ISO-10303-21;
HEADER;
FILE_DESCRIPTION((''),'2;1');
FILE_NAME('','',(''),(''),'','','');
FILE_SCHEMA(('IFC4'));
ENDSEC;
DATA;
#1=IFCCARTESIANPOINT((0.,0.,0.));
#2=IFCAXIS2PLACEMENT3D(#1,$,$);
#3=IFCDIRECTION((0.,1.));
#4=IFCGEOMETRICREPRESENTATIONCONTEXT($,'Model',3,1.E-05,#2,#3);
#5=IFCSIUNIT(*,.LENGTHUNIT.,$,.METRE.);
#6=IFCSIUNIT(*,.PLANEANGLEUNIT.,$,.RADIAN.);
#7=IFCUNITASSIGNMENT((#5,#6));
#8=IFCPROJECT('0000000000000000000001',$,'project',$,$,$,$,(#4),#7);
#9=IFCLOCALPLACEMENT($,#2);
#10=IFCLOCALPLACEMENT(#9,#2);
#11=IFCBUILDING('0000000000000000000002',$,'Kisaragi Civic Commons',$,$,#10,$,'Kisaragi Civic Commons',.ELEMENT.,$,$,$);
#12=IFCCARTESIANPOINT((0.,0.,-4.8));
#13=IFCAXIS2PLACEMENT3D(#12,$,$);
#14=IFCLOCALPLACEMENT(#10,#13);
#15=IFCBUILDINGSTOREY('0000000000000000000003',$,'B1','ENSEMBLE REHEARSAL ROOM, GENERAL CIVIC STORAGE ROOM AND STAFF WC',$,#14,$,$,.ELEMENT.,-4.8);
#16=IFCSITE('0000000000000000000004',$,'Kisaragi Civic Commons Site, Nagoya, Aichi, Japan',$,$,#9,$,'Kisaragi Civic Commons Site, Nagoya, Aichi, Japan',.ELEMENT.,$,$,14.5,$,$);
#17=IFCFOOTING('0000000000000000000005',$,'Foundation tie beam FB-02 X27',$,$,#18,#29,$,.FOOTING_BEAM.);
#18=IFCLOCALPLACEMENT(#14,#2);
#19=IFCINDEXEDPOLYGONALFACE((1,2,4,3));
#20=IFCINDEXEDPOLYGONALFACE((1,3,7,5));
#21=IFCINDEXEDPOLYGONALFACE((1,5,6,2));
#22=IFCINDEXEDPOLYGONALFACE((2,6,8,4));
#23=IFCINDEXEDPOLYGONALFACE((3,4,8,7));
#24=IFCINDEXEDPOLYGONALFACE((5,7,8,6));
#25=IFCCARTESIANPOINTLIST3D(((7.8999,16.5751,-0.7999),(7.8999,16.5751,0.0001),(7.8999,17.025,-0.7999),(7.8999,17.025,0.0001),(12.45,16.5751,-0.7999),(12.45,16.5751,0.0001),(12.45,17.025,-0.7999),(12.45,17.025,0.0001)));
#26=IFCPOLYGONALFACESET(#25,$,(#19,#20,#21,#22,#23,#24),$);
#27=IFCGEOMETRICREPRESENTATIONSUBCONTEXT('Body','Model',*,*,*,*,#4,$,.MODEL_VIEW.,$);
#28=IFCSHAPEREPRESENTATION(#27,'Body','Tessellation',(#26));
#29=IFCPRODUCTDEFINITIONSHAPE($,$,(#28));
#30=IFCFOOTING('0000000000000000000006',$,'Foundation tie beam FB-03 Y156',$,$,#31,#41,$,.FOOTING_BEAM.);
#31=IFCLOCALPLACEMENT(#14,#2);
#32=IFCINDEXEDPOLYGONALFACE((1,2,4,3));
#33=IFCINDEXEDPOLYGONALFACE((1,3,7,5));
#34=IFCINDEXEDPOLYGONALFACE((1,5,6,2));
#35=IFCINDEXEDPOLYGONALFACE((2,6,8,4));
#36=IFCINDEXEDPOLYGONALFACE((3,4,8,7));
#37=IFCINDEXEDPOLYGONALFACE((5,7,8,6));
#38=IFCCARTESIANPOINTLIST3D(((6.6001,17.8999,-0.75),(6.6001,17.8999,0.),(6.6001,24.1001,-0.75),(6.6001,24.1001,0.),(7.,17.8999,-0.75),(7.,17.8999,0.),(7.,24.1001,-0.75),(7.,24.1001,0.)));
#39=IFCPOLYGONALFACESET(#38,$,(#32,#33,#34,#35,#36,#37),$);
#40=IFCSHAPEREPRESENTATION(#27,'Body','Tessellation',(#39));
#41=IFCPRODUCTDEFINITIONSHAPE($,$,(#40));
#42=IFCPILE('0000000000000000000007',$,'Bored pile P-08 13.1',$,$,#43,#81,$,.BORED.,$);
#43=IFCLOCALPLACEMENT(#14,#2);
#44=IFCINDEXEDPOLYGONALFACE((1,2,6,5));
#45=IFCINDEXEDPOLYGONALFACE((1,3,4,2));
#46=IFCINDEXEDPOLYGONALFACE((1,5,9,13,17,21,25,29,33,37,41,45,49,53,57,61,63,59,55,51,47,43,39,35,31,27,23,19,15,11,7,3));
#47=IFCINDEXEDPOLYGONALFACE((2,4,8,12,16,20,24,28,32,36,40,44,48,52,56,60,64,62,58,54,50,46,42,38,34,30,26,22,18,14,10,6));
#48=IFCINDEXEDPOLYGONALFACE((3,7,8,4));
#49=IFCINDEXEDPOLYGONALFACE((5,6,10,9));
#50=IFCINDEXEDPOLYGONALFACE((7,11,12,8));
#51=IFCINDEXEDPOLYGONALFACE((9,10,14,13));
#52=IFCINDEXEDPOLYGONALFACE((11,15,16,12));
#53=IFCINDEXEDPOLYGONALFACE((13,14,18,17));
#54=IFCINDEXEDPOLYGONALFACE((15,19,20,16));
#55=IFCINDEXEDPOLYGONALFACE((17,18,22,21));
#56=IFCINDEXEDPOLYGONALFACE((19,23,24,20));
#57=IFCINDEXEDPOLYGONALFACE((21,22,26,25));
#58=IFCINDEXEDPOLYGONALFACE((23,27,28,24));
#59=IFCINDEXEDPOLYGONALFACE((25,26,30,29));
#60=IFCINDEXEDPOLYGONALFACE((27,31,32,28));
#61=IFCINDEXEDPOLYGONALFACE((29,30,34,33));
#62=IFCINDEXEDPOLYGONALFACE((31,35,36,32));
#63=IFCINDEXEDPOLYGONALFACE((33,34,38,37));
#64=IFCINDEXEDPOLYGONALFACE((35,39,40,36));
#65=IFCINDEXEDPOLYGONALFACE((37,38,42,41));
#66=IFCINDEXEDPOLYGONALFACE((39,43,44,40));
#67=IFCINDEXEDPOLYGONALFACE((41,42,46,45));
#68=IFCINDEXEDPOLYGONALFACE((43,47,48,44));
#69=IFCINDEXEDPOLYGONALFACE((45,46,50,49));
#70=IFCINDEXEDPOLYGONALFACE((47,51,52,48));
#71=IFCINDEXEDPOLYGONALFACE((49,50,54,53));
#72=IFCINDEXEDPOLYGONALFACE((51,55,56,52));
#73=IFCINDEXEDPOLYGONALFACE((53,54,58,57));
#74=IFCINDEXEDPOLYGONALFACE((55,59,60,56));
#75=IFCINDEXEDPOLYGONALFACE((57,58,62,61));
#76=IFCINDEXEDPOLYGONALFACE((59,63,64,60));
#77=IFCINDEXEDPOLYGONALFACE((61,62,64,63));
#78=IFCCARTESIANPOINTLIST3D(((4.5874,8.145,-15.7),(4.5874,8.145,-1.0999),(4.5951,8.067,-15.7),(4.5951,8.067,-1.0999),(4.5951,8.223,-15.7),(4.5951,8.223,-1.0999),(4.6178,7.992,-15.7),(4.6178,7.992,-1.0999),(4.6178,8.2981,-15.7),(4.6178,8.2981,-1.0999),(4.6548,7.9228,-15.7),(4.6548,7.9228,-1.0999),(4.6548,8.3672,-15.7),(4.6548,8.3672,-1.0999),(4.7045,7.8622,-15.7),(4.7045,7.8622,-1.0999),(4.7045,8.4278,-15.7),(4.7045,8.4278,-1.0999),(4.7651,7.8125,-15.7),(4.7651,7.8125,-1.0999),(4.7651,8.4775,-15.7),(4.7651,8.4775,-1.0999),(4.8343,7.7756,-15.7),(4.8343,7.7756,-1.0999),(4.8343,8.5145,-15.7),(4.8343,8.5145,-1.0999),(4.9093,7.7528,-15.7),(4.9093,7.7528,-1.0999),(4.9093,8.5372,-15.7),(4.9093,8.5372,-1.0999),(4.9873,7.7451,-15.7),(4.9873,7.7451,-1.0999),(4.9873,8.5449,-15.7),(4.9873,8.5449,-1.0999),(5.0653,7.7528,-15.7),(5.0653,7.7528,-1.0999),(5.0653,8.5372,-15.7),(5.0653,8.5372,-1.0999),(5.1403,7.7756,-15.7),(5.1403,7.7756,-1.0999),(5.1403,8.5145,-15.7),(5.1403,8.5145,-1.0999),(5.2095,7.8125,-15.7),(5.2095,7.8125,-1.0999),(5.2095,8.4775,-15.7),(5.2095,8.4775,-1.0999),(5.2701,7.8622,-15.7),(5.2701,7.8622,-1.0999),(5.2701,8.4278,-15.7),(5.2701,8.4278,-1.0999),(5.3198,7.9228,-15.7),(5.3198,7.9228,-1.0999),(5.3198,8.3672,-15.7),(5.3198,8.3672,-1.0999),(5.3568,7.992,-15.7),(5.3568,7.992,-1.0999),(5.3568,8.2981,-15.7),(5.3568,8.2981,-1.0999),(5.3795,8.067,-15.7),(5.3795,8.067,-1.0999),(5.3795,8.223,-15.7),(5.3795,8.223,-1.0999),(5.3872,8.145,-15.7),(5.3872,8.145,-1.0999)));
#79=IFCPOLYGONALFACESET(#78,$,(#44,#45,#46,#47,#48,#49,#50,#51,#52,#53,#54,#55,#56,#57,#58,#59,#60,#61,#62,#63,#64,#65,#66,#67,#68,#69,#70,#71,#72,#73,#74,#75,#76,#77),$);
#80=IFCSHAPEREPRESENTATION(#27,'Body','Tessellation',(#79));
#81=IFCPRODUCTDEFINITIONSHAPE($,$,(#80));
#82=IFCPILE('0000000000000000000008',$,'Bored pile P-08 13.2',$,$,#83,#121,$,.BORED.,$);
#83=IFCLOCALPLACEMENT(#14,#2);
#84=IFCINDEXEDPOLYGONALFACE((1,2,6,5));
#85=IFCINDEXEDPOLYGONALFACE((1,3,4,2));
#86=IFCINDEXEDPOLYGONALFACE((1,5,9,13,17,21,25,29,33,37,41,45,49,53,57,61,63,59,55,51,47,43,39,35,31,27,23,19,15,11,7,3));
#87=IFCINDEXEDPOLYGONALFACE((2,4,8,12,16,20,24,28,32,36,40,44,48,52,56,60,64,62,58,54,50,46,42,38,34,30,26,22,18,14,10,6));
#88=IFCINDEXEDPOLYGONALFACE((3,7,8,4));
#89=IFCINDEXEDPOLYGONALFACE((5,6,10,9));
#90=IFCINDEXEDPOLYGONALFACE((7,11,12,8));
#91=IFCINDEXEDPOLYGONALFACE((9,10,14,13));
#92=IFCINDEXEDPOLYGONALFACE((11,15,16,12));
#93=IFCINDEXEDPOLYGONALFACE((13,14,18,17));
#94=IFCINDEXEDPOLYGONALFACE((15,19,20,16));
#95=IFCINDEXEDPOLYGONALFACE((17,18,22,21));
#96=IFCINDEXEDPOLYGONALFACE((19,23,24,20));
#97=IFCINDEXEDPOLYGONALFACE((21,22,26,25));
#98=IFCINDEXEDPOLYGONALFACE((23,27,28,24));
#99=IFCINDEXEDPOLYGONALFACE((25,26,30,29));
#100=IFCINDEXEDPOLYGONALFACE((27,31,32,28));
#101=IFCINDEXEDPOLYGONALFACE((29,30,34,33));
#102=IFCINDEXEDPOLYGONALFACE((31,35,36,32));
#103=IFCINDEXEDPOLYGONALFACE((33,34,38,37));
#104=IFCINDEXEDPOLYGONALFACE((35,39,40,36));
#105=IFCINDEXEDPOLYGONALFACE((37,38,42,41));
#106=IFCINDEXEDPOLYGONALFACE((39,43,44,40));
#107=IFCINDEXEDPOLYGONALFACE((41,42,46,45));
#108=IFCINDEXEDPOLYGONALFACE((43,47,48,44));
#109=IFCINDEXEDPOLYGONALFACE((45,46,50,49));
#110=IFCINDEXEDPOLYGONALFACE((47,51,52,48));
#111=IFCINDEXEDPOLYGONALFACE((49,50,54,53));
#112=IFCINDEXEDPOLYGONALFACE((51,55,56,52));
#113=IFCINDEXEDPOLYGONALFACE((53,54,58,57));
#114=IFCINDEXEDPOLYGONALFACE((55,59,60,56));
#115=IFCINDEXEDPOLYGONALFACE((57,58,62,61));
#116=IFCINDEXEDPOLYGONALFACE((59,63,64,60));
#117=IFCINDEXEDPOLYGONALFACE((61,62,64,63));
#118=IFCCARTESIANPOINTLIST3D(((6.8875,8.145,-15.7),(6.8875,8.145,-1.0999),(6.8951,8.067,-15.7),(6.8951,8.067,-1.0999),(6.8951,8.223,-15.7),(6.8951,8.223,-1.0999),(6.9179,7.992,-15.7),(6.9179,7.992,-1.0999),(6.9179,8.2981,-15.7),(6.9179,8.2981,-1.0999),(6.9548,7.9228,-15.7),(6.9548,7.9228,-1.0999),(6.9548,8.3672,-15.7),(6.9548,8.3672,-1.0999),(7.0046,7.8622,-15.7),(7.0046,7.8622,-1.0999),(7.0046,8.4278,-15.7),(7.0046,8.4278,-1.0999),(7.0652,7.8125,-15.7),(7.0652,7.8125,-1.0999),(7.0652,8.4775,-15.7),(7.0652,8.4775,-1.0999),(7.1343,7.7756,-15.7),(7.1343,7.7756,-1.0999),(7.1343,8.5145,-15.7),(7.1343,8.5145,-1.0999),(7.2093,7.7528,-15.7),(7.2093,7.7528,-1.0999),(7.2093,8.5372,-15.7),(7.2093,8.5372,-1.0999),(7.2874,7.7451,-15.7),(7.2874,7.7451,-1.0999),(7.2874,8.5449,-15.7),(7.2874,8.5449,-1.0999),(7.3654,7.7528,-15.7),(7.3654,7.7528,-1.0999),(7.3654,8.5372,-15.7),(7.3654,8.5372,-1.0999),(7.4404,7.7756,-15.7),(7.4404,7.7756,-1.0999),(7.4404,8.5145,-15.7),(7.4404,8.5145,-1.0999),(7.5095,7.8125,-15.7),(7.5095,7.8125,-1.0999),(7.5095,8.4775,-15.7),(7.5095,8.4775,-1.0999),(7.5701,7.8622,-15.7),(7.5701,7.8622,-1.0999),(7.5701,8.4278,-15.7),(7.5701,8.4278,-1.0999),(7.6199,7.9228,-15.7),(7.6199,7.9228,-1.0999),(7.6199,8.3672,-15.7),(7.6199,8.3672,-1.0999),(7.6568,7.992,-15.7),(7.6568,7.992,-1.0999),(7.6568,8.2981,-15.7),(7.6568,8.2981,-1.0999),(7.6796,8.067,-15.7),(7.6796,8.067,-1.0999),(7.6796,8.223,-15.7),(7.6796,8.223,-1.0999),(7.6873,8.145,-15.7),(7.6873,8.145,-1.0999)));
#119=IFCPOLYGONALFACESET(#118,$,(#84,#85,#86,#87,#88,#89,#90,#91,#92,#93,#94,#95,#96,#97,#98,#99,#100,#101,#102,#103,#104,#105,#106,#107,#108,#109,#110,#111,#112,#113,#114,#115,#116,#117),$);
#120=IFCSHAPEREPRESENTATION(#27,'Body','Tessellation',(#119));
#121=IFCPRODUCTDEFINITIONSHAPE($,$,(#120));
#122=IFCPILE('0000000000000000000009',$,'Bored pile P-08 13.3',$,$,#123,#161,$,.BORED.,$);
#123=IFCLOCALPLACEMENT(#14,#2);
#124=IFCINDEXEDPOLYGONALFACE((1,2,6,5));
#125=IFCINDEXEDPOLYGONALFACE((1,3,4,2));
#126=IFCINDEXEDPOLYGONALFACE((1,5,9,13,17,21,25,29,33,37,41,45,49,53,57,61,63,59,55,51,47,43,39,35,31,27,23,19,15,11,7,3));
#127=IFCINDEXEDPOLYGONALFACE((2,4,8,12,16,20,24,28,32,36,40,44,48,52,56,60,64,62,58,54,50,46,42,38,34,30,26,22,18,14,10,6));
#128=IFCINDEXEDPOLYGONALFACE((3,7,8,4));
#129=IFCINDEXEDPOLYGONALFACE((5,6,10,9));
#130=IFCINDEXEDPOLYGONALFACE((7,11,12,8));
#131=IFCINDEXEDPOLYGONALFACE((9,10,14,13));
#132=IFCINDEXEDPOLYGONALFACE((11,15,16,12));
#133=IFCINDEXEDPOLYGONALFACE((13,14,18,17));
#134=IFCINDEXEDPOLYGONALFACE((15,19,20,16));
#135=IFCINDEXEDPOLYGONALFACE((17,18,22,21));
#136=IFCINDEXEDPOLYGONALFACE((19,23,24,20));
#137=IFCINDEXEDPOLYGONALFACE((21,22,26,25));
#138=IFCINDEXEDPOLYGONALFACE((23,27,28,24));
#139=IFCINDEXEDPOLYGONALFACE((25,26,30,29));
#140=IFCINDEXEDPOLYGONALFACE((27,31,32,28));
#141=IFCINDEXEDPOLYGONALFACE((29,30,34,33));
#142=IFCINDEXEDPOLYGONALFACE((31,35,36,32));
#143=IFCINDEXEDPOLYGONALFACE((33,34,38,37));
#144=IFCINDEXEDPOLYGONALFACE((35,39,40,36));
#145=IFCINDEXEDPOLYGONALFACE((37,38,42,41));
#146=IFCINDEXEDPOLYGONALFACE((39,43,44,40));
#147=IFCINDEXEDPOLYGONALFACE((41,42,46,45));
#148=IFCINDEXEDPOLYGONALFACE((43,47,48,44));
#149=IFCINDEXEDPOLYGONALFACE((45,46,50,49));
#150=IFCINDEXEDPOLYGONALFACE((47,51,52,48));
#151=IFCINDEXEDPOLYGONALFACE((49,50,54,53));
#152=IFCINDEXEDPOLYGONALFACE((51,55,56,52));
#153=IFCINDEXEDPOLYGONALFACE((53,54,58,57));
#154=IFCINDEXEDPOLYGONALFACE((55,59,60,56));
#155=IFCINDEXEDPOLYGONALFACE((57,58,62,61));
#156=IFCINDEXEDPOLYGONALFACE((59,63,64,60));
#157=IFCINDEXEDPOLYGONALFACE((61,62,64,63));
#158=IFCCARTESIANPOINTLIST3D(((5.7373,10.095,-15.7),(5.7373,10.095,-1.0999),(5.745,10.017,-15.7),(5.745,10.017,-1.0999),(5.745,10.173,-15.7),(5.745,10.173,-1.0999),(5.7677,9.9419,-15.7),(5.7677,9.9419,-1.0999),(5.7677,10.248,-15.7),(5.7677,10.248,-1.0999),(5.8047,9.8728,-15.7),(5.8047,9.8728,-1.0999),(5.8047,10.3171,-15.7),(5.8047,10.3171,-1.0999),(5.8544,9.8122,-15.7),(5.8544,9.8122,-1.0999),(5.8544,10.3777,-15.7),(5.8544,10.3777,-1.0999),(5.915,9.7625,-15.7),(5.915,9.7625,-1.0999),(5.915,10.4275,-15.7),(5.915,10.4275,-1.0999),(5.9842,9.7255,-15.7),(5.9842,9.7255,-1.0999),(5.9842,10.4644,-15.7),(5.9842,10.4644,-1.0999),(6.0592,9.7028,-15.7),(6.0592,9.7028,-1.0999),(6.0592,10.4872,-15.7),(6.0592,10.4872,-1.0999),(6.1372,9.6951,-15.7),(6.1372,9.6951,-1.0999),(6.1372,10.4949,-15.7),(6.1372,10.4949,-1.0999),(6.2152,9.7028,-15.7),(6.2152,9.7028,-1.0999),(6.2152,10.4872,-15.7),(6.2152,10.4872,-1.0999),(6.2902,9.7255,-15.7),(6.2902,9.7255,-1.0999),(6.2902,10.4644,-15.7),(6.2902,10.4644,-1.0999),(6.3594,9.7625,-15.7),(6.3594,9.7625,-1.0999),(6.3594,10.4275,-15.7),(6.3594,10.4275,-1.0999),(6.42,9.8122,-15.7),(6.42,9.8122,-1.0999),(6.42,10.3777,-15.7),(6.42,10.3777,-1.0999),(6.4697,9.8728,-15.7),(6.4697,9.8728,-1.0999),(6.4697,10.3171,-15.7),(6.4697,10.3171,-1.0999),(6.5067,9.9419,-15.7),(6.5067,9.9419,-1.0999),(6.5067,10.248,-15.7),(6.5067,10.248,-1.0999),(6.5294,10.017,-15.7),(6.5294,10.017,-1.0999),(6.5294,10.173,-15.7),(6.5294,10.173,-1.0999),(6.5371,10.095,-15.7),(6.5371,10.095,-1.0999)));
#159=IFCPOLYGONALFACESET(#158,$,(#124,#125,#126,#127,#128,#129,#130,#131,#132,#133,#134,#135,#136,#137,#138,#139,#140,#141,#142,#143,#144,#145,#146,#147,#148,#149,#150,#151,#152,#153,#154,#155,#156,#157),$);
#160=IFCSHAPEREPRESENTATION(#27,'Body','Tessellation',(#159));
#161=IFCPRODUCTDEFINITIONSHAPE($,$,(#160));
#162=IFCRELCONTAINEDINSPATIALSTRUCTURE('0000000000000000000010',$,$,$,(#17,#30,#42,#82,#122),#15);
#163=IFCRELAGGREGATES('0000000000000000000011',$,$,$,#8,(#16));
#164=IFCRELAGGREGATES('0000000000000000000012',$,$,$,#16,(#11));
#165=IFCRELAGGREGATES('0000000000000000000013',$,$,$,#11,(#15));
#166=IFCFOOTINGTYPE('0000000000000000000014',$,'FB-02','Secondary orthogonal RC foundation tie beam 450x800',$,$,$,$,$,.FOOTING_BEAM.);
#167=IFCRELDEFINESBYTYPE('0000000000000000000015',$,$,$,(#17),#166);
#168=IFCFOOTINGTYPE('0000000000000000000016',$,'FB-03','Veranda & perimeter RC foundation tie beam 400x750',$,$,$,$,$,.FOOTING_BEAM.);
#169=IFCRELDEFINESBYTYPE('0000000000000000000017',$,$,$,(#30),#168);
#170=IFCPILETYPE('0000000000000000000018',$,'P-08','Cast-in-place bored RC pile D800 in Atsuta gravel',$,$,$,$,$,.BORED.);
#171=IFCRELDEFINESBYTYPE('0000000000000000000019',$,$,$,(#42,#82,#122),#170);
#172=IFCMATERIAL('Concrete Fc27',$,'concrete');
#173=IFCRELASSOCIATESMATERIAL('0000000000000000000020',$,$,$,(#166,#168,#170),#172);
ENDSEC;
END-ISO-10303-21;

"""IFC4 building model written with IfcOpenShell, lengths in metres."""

from ifc_helpers import new_model, si_unit, direction, frame, origin, origin_2d, place, context, subcontext, project, spatial, rectangle, circle, extrude, material, material_profile, profile_set, type_object, element, save


model = new_model("IFC4")

# Units and contexts
model_context = context("Model", 3, precision=1e-05, world=origin(), true_north=direction((0.0, 1.0)))
body_context = subcontext(model_context, "Body", "Model", "MODEL_VIEW")
ifc_project = project(units=[si_unit("LENGTHUNIT", "METRE"), si_unit("PLANEANGLEUNIT", "RADIAN")], contexts=[model_context])

# Site, building, storey
site_placement = place(None, origin())
site = spatial("IfcSite", under=ifc_project, at=site_placement, Name="Kisaragi Civic Commons Site, Nagoya, Aichi, Japan", LongName="Kisaragi Civic Commons Site, Nagoya, Aichi, Japan", CompositionType="ELEMENT", RefElevation=14.5)
building_placement = place(site_placement, origin())
building = spatial("IfcBuilding", under=site, at=building_placement, Name="Kisaragi Civic Commons", LongName="Kisaragi Civic Commons", CompositionType="ELEMENT")
storey_placement = place(building_placement, frame((0.0, 0.0, -4.8)))
storey = spatial("IfcBuildingStorey", under=building, at=storey_placement, Name="B1", Description="ENSEMBLE REHEARSAL ROOM, GENERAL CIVIC STORAGE ROOM AND STAFF WC", CompositionType="ELEMENT", Elevation=-4.8)

# Footings
ifc_material_1 = material(Name="Concrete Fc27", Category="concrete")
ifc_material_profile_1 = material_profile(ifc_material_1, rectangle(XDim=0.45, YDim=0.8, at=origin_2d()), Name="RC-450x800", Category="concrete")
ifc_profile_set_1 = profile_set([ifc_material_profile_1], Name="Concrete Fc27")
footing_type_1 = type_object("IfcFootingType", Name="FB-02", Description="Secondary orthogonal RC foundation tie beam 450x800", PredefinedType="FOOTING_BEAM", material=ifc_profile_set_1)
footing_1_placement = place(storey_placement, frame((7.8999, 16.8, -0.3999), z_axis=(1.0, 0.0, 0.0), x_axis=(0.0, 1.0, 0.0)))
element("IfcFooting", 1, at=footing_1_placement, inside=storey, type_object=footing_type_1, Name="Foundation tie beam FB-02 X27", PredefinedType="FOOTING_BEAM", context=body_context, shape_type="SweptSolid", body=[
    extrude(rectangle(XDim=0.45, YDim=0.8, at=origin_2d()), origin(), (0.0, 0.0, 1.0), 4.55),
])
ifc_material_profile_2 = material_profile(ifc_material_1, rectangle(XDim=0.3999, YDim=0.75, at=origin_2d()), Name="RC-400x750", Category="concrete")
ifc_profile_set_2 = profile_set([ifc_material_profile_2], Name="Concrete Fc27")
footing_type_2 = type_object("IfcFootingType", Name="FB-03", Description="Veranda & perimeter RC foundation tie beam 400x750", PredefinedType="FOOTING_BEAM", material=ifc_profile_set_2)
footing_2_placement = place(storey_placement, frame((6.8, 17.8999, -0.375), z_axis=(0.0, 1.0, 0.0), x_axis=(-1.0, 0.0, 0.0)))
element("IfcFooting", 2, at=footing_2_placement, inside=storey, type_object=footing_type_2, Name="Foundation tie beam FB-03 Y156", PredefinedType="FOOTING_BEAM", context=body_context, shape_type="SweptSolid", body=[
    extrude(rectangle(XDim=0.3999, YDim=0.75, at=origin_2d()), origin(), (0.0, 0.0, 1.0), 6.2002),
])

# Piles
ifc_material_profile_3 = material_profile(ifc_material_1, circle(Radius=0.3999, at=origin_2d()), Name="PILE-D800", Category="concrete")
ifc_profile_set_3 = profile_set([ifc_material_profile_3], Name="Concrete Fc27")
pile_type_1 = type_object("IfcPileType", Name="P-08", Description="Cast-in-place bored RC pile D800 in Atsuta gravel", PredefinedType="BORED", material=ifc_profile_set_3)
for number, where, z_axis, x_axis, name in (
    (3, (4.9873, 8.145, -1.0999), (0.0, 0.0, -1.0), (1.0, 0.0, 0.0), "Bored pile P-08 13.1"),
    (4, (7.2874, 8.145, -1.0999), (0.0, 0.0, -1.0), (1.0, 0.0, 0.0), "Bored pile P-08 13.2"),
    (5, (6.1372, 10.095, -1.0999), (0.0, 0.0, -1.0), (1.0, 0.0, 0.0), "Bored pile P-08 13.3"),
):
    element("IfcPile", number, at=place(storey_placement, frame(where, z_axis=z_axis, x_axis=x_axis)), inside=storey, type_object=pile_type_1, Name=name, PredefinedType="BORED", context=body_context, shape_type="SweptSolid", body=[
        extrude(circle(Radius=0.3999, at=origin_2d()), origin(), (0.0, 0.0, 1.0), 14.6001),
    ])

save(model, "model.ifc")
